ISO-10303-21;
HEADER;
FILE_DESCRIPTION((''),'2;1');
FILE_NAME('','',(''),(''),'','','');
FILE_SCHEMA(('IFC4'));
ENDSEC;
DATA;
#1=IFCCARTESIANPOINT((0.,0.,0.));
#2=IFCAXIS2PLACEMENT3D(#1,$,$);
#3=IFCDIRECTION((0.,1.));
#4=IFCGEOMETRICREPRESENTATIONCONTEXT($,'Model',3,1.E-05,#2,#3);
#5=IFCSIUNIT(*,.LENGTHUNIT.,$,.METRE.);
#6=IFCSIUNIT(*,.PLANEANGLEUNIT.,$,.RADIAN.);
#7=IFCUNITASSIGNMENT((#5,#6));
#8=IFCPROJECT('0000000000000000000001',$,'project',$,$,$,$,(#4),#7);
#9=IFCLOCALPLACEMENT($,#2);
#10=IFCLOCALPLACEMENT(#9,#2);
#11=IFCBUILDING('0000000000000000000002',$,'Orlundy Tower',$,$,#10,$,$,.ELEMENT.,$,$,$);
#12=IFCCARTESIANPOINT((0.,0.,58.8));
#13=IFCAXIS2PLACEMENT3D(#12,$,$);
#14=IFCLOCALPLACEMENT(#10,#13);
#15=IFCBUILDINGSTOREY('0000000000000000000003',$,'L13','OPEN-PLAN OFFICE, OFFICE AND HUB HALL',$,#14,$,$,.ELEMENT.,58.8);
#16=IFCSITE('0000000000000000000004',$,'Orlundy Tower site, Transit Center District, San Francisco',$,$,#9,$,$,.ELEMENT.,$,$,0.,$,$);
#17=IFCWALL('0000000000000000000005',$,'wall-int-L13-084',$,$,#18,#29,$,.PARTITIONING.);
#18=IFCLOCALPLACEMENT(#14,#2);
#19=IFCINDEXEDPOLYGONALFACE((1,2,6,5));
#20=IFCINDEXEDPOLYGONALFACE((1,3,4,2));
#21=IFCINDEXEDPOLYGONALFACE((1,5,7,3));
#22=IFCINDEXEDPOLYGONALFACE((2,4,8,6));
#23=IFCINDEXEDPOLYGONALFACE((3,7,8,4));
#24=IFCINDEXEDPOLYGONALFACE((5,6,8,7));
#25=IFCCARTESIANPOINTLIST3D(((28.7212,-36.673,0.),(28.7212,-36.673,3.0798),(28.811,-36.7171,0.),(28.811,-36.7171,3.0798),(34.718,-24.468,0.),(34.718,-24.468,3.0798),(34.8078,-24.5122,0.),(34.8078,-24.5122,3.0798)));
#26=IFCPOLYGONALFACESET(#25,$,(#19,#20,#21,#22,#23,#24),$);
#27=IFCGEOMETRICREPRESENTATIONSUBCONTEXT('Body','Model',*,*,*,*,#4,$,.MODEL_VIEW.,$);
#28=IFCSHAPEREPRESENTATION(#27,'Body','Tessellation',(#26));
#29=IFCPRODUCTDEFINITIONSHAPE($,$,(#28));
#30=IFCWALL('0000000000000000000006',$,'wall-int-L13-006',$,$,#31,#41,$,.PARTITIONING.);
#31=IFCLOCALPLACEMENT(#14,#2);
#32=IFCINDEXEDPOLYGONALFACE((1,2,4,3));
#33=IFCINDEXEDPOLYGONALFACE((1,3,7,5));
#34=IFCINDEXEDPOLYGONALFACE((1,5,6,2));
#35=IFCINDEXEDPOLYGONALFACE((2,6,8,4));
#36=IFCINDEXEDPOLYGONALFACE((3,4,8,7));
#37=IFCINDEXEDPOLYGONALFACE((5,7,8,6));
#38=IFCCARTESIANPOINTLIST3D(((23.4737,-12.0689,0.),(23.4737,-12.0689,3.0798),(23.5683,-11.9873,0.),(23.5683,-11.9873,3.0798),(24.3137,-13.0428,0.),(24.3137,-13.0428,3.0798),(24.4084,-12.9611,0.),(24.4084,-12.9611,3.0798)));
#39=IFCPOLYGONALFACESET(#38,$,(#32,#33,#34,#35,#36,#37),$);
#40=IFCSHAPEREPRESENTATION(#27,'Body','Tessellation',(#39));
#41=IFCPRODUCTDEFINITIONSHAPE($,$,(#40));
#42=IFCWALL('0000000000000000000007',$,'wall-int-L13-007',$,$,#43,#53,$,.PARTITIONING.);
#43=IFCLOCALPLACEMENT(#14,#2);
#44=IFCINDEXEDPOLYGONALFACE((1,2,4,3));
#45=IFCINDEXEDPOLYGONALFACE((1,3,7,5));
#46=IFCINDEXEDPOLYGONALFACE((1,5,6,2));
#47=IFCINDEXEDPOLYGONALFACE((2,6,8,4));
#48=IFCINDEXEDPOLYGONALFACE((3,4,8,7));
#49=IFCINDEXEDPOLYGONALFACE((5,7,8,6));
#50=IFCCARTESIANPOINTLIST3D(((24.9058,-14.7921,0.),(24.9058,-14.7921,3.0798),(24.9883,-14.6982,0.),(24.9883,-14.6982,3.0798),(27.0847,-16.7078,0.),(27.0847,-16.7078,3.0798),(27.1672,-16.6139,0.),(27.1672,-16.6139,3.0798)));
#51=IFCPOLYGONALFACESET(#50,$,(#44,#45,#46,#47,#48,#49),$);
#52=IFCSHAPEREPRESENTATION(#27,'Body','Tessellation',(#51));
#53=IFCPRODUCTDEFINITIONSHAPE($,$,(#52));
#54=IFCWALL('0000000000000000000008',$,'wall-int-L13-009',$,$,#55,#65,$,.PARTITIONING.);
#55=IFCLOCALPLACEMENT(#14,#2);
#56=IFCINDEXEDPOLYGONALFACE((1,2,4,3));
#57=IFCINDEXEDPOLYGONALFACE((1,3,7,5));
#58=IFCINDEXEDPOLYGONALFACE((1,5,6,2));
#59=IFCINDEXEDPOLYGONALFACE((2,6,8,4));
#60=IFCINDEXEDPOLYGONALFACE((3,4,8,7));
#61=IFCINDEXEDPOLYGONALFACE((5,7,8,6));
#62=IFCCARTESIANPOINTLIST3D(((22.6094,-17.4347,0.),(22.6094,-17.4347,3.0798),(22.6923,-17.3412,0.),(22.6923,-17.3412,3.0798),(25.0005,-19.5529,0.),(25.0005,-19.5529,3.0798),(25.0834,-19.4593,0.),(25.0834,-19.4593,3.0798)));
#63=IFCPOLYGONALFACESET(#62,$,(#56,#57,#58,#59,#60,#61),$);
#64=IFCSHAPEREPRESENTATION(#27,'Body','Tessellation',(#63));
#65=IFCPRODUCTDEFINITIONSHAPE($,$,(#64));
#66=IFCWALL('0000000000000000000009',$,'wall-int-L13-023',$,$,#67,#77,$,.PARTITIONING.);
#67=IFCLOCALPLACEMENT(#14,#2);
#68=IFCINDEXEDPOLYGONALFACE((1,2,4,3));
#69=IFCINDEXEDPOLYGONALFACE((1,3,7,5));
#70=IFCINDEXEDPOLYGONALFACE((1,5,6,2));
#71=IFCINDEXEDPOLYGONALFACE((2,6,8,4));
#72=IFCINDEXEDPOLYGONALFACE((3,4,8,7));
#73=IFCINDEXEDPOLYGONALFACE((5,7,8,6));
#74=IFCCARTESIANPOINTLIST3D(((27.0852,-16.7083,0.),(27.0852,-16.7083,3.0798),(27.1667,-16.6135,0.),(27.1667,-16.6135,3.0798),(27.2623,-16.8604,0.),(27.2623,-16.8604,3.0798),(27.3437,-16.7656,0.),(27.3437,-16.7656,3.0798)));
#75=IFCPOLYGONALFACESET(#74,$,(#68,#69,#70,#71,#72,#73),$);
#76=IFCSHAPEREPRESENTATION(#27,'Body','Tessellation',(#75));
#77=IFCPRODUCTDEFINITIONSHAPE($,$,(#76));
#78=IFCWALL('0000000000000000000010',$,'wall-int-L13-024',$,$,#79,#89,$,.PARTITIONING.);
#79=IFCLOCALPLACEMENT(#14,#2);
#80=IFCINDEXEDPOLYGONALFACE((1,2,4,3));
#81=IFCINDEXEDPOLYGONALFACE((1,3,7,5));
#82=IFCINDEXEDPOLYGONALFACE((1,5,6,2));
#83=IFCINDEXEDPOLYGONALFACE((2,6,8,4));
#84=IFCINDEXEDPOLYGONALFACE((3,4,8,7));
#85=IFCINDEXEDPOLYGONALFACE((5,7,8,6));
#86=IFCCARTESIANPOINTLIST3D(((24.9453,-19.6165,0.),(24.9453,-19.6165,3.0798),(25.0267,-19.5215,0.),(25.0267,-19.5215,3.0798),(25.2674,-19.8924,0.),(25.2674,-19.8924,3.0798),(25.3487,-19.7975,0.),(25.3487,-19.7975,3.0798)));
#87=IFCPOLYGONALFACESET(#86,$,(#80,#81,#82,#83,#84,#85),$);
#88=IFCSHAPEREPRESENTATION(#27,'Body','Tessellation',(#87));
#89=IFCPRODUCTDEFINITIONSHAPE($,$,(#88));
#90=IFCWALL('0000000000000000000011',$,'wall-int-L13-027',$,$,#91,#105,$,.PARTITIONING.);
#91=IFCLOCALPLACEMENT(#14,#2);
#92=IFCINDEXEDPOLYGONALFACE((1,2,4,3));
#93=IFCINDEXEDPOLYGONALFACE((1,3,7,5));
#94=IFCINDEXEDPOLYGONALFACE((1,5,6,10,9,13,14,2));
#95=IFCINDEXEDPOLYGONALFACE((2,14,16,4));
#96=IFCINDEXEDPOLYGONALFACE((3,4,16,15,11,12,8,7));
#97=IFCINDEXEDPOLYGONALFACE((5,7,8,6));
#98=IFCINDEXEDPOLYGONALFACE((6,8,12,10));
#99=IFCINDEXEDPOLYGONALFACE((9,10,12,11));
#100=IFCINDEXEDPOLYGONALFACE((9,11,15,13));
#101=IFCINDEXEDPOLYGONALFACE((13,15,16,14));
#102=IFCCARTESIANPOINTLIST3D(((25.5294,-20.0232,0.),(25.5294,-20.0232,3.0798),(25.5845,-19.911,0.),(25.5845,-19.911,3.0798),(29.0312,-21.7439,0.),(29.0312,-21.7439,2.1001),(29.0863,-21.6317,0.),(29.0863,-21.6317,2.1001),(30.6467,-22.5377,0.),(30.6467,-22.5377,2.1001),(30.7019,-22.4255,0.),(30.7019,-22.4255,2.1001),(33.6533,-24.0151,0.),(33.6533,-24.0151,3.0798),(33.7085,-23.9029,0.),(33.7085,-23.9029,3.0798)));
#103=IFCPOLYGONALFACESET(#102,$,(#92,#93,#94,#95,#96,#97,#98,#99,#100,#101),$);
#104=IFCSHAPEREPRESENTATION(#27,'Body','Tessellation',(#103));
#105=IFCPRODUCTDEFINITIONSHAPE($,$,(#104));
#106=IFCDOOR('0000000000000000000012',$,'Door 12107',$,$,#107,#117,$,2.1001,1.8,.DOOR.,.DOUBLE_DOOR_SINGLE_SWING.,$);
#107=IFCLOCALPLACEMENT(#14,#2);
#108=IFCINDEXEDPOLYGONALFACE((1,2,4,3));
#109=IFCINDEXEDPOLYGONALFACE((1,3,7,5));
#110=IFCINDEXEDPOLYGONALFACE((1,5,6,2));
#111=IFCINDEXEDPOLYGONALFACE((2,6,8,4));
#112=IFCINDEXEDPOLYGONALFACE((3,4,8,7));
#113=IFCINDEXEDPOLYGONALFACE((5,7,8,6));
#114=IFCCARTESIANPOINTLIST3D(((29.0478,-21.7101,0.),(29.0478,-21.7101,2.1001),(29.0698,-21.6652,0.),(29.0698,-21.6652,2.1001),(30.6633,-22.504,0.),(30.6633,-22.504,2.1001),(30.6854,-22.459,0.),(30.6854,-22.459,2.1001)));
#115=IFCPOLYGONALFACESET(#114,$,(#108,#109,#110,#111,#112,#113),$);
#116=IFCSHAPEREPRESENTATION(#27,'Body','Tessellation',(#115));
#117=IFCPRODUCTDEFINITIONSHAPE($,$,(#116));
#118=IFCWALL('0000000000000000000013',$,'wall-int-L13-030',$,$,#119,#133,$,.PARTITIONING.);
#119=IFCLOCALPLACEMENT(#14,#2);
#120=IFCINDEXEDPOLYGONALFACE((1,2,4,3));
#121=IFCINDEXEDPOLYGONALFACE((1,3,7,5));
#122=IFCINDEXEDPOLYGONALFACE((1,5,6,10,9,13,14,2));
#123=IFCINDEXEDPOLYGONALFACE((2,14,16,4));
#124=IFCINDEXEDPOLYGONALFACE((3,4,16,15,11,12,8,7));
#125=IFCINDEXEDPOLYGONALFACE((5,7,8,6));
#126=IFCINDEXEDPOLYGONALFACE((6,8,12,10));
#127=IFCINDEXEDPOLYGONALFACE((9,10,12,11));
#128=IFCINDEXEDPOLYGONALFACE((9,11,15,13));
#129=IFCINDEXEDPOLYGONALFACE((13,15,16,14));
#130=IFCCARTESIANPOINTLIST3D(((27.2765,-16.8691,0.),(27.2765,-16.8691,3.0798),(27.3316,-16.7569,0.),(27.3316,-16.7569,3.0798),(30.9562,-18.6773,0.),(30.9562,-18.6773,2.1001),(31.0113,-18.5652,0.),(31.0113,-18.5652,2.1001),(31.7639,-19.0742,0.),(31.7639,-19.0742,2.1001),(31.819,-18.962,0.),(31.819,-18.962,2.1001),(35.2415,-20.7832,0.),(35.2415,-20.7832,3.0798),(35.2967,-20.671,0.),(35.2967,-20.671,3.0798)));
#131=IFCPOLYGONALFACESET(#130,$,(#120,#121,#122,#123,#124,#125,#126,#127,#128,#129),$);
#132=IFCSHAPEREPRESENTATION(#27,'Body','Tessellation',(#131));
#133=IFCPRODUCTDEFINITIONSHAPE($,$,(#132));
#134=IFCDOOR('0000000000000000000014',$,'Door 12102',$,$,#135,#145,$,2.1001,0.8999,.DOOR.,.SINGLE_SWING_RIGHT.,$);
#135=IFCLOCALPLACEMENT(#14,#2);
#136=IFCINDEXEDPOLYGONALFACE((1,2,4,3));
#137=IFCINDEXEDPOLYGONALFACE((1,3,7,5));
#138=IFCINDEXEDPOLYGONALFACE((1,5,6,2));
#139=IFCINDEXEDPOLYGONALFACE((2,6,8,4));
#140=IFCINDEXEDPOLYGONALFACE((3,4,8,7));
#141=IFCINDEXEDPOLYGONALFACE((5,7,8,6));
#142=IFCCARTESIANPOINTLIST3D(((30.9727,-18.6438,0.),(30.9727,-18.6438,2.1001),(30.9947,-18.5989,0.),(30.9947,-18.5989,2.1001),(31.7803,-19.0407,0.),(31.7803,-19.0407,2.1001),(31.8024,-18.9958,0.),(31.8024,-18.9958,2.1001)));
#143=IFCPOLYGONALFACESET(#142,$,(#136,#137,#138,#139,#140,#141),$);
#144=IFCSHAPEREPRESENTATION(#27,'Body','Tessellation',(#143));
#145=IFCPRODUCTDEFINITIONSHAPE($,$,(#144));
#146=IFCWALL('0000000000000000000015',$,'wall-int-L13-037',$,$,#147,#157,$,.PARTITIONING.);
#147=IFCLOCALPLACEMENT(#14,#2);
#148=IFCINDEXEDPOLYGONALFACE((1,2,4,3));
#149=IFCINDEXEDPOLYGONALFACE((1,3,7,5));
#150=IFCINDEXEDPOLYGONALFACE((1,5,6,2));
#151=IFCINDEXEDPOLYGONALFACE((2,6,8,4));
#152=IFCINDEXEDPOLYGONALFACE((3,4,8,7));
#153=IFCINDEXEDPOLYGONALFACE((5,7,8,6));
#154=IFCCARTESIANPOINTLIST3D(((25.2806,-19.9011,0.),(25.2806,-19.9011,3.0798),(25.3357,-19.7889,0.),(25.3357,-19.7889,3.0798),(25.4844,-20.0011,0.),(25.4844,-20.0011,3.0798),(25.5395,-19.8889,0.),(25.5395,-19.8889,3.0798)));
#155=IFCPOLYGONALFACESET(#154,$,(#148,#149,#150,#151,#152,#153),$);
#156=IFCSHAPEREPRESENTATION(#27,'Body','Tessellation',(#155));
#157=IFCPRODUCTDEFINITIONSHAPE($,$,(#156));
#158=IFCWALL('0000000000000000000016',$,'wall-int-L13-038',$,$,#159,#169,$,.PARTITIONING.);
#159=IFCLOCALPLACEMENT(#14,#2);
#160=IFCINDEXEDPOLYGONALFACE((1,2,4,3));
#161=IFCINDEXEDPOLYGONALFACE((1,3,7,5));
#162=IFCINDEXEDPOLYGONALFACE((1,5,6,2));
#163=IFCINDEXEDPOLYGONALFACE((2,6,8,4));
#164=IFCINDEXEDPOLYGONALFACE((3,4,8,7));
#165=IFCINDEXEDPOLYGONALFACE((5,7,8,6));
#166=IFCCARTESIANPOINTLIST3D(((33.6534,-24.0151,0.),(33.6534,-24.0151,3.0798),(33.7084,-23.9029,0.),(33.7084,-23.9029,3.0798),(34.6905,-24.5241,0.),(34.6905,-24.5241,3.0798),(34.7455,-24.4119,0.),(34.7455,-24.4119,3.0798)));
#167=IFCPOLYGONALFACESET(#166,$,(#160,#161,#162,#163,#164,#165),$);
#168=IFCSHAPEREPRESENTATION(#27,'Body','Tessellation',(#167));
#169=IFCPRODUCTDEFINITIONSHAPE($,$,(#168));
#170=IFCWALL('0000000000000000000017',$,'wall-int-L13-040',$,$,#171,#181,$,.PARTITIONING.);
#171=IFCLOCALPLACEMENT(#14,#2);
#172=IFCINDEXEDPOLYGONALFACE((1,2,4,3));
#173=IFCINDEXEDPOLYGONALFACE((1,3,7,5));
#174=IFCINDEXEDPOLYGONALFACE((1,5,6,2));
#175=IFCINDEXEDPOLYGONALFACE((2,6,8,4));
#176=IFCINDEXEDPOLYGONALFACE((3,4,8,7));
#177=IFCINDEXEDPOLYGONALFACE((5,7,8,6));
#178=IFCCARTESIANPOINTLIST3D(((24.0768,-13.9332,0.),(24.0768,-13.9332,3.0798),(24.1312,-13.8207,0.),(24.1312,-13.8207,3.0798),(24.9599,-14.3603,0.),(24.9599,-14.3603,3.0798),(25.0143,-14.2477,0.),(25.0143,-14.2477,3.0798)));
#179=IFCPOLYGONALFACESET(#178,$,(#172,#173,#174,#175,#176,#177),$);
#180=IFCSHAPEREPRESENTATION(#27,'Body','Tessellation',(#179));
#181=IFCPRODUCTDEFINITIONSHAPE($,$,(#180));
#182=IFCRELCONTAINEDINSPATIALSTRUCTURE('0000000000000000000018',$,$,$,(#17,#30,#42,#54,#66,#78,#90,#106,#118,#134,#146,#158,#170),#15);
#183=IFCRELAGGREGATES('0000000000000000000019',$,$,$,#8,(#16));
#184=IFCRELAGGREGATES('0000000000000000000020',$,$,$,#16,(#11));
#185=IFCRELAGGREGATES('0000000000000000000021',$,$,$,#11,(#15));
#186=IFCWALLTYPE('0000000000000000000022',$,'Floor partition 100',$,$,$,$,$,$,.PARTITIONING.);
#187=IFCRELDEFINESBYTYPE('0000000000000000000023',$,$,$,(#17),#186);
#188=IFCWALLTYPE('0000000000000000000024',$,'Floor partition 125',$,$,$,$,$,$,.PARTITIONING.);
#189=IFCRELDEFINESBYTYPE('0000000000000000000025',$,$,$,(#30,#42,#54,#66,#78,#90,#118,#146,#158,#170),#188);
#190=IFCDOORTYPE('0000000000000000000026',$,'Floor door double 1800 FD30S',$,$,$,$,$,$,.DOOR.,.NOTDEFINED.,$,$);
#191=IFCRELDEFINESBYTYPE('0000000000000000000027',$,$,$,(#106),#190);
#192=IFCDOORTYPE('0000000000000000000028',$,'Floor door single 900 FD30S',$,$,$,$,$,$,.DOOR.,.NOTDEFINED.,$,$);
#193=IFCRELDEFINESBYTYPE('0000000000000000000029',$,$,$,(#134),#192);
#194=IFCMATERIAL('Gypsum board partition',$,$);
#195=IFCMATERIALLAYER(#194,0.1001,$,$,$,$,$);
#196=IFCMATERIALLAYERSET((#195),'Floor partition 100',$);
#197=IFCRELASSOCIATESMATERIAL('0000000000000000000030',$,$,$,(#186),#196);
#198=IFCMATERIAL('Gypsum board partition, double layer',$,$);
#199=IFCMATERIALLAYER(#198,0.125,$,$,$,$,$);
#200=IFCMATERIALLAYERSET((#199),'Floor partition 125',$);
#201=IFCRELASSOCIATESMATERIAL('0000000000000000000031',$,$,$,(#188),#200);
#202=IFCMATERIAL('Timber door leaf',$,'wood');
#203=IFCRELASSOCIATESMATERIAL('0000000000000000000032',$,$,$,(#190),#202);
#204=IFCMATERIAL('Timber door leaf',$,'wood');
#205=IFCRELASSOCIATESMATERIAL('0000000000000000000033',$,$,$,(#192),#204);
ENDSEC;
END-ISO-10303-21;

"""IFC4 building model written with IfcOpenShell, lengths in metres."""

from ifc_helpers import new_model, si_unit, direction, frame, frame_2d, origin, place, context, subcontext, project, spatial, rectangle, extrude, material, layer, layer_set, type_object, element, fill, save


model = new_model("IFC4")

# Units and contexts
model_context = context("Model", 3, precision=1e-05, world=origin(), true_north=direction((0.0, 1.0)))
body_context = subcontext(model_context, "Body", "Model", "MODEL_VIEW")
ifc_project = project(units=[si_unit("LENGTHUNIT", "METRE"), si_unit("PLANEANGLEUNIT", "RADIAN")], contexts=[model_context])

# Site, building, storey
site_placement = place(None, origin())
site = spatial("IfcSite", under=ifc_project, at=site_placement, Name="Orlundy Tower site, Transit Center District, San Francisco", CompositionType="ELEMENT", RefElevation=0.0)
building_placement = place(site_placement, origin())
building = spatial("IfcBuilding", under=site, at=building_placement, Name="Orlundy Tower", CompositionType="ELEMENT")
storey_placement = place(building_placement, frame((0.0, 0.0, 58.8)))
storey = spatial("IfcBuildingStorey", under=building, at=storey_placement, Name="L13", Description="OPEN-PLAN OFFICE, OFFICE AND HUB HALL", CompositionType="ELEMENT", Elevation=58.8)

# Walls
ifc_material_1 = material(Name="Gypsum board partition")
ifc_layer_1 = layer(ifc_material_1, 0.1001)
ifc_layer_set_1 = layer_set([ifc_layer_1], Name="Floor partition 100")
wall_type_1 = type_object("IfcWallType", Name="Floor partition 100", PredefinedType="PARTITIONING", material=ifc_layer_set_1)
wall_1_placement = place(storey_placement, frame((28.7661, -36.6951, 0.0), z_axis=(0.0, 0.0, 1.0), x_axis=(0.440984, 0.897515, 0.0)))
element("IfcWall", 1, at=wall_1_placement, inside=storey, type_object=wall_type_1, Name="wall-int-L13-084", PredefinedType="PARTITIONING", context=body_context, shape_type="SweptSolid", body=[
    extrude(rectangle(XDim=13.5986, YDim=0.1001, at=frame_2d((6.7993, 0.0))), origin(), (0.0, 0.0, 1.0), 3.0798),
])
ifc_material_2 = material(Name="Gypsum board partition, double layer")
ifc_layer_2 = layer(ifc_material_2, 0.125)
ifc_layer_set_2 = layer_set([ifc_layer_2], Name="Floor partition 125")
wall_type_2 = type_object("IfcWallType", Name="Floor partition 125", PredefinedType="PARTITIONING", material=ifc_layer_set_2)
wall_2_placement = place(storey_placement, frame((23.521, -12.0281, 0.0), z_axis=(0.0, 0.0, 1.0), x_axis=(0.65318, -0.757203, 0.0)))
element("IfcWall", 2, at=wall_2_placement, inside=storey, type_object=wall_type_2, Name="wall-int-L13-006", PredefinedType="PARTITIONING", context=body_context, shape_type="SweptSolid", body=[
    extrude(rectangle(XDim=1.2861, YDim=0.125, at=frame_2d((0.6431, 0.0))), origin(), (0.0, 0.0, 1.0), 3.0798),
])
wall_3_placement = place(storey_placement, frame((24.947, -14.7451, 0.0), z_axis=(0.0, 0.0, 1.0), x_axis=(0.751006, -0.660296, 0.0)))
element("IfcWall", 3, at=wall_3_placement, inside=storey, type_object=wall_type_2, Name="wall-int-L13-007", PredefinedType="PARTITIONING", context=body_context, shape_type="SweptSolid", body=[
    extrude(rectangle(XDim=2.9014, YDim=0.125, at=frame_2d((1.4507, 0.0))), origin(), (0.0, 0.0, 1.0), 3.0798),
])
wall_4_placement = place(storey_placement, frame((22.6509, -17.3879, 0.0), z_axis=(0.0, 0.0, 1.0), x_axis=(0.748538, -0.663092, 0.0)))
element("IfcWall", 4, at=wall_4_placement, inside=storey, type_object=wall_type_2, Name="wall-int-L13-009", PredefinedType="PARTITIONING", context=body_context, shape_type="SweptSolid", body=[
    extrude(rectangle(XDim=3.1943, YDim=0.125, at=frame_2d((1.5972, 0.0))), origin(), (0.0, 0.0, 1.0), 3.0798),
])
wall_5_placement = place(storey_placement, frame((27.126, -16.6609, 0.0), z_axis=(0.0, 0.0, 1.0), x_axis=(0.758444, -0.651739, 0.0)))
element("IfcWall", 5, at=wall_5_placement, inside=storey, type_object=wall_type_2, Name="wall-int-L13-023", PredefinedType="PARTITIONING", context=body_context, shape_type="SweptSolid", body=[
    extrude(rectangle(XDim=0.2334, YDim=0.125, at=frame_2d((0.1167, 0.0))), origin(), (0.0, 0.0, 1.0), 3.0798),
])
wall_6_placement = place(storey_placement, frame((24.9861, -19.5691, 0.0), z_axis=(0.0, 0.0, 1.0), x_axis=(0.759419, -0.650602, 0.0)))
element("IfcWall", 6, at=wall_6_placement, inside=storey, type_object=wall_type_2, Name="wall-int-L13-024", PredefinedType="PARTITIONING", context=body_context, shape_type="SweptSolid", body=[
    extrude(rectangle(XDim=0.4241, YDim=0.125, at=frame_2d((0.2119, 0.0))), origin(), (0.0, 0.0, 1.0), 3.0798),
])

# Walls, openings, doors
wall_7_placement = place(storey_placement, frame((33.6809, -23.959, 0.0), z_axis=(0.0, 0.0, 1.0), x_axis=(-0.897502, 0.44101, 0.0)))
wall_7 = element("IfcWall", 7, at=wall_7_placement, inside=storey, type_object=wall_type_2, Name="wall-int-L13-027", PredefinedType="PARTITIONING", context=body_context, shape_type="SweptSolid", body=[
    extrude(rectangle(XDim=9.0518, YDim=0.125, at=frame_2d((4.5259, 0.0))), origin(), (0.0, 0.0, 1.0), 3.0798),
])
opening_1_placement = place(wall_7_placement, frame((3.3501, 0.0, 0.0)))
opening_1 = element("IfcOpeningElement", 8, at=opening_1_placement, cuts=wall_7, PredefinedType="OPENING", context=body_context, shape_type="SweptSolid", body=[
    extrude(rectangle(XDim=1.8, YDim=2.1001, at=frame_2d((0.8999, 1.05))), frame((0.0, 0.0725, 0.0), z_axis=(0.0, -1.0, 0.0), x_axis=(1.0, 0.0, 0.0)), (0.0, 0.0, 1.0), 0.145),
])
ifc_material_3 = material(Name="Timber door leaf", Category="wood")
door_type_1 = type_object("IfcDoorType", Name="Floor door double 1800 FD30S", OperationType="NOTDEFINED", PredefinedType="DOOR", material=ifc_material_3)
door_1_placement = place(opening_1_placement, origin())
door_1 = element("IfcDoor", 9, at=door_1_placement, inside=storey, type_object=door_type_1, Name="Door 12107", OperationType="DOUBLE_DOOR_SINGLE_SWING", OverallHeight=2.1001, OverallWidth=1.8, PredefinedType="DOOR", context=body_context, shape_type="SweptSolid", body=[
    extrude(rectangle(XDim=1.8, YDim=2.1001, at=frame_2d((0.8999, 1.05))), frame((0.0, 0.0249, 0.0), z_axis=(0.0, -1.0, 0.0), x_axis=(1.0, 0.0, 0.0)), (0.0, 0.0, 1.0), 0.05),
])
fill(opening_1, door_1)
wall_8_placement = place(storey_placement, frame((27.304, -16.813, 0.0), z_axis=(0.0, 0.0, 1.0), x_axis=(0.897492, -0.44103, 0.0)))
wall_8 = element("IfcWall", 10, at=wall_8_placement, inside=storey, type_object=wall_type_2, Name="wall-int-L13-030", PredefinedType="PARTITIONING", context=body_context, shape_type="SweptSolid", body=[
    extrude(rectangle(XDim=8.8748, YDim=0.125, at=frame_2d((4.4375, 0.0))), origin(), (0.0, 0.0, 1.0), 3.0798),
])
opening_2_placement = place(wall_8_placement, frame((4.1001, 0.0, 0.0)))
opening_2 = element("IfcOpeningElement", 11, at=opening_2_placement, cuts=wall_8, PredefinedType="OPENING", context=body_context, shape_type="SweptSolid", body=[
    extrude(rectangle(XDim=0.8999, YDim=2.1001, at=frame_2d((0.45, 1.05))), frame((0.0, 0.0725, 0.0), z_axis=(0.0, -1.0, 0.0), x_axis=(1.0, 0.0, 0.0)), (0.0, 0.0, 1.0), 0.145),
])
ifc_material_4 = material(Name="Timber door leaf", Category="wood")
door_type_2 = type_object("IfcDoorType", Name="Floor door single 900 FD30S", OperationType="NOTDEFINED", PredefinedType="DOOR", material=ifc_material_4)
door_2_placement = place(opening_2_placement, origin())
door_2 = element("IfcDoor", 12, at=door_2_placement, inside=storey, type_object=door_type_2, Name="Door 12102", OperationType="SINGLE_SWING_RIGHT", OverallHeight=2.1001, OverallWidth=0.8999, PredefinedType="DOOR", context=body_context, shape_type="SweptSolid", body=[
    extrude(rectangle(XDim=0.8999, YDim=2.1001, at=frame_2d((0.45, 1.05))), frame((0.0, 0.0249, 0.0), z_axis=(0.0, -1.0, 0.0), x_axis=(1.0, 0.0, 0.0)), (0.0, 0.0, 1.0), 0.05),
])
fill(opening_2, door_2)

# Walls
wall_9_placement = place(storey_placement, frame((25.3081, -19.845, 0.0), z_axis=(0.0, 0.0, 1.0), x_axis=(0.897629, -0.440752, 0.0)))
element("IfcWall", 13, at=wall_9_placement, inside=storey, type_object=wall_type_2, Name="wall-int-L13-037", PredefinedType="PARTITIONING", context=body_context, shape_type="SweptSolid", body=[
    extrude(rectangle(XDim=0.2271, YDim=0.125, at=frame_2d((0.1135, 0.0))), origin(), (0.0, 0.0, 1.0), 3.0798),
])
wall_10_placement = place(storey_placement, frame((33.6809, -23.959, 0.0), z_axis=(0.0, 0.0, 1.0), x_axis=(0.8977, -0.440608, 0.0)))
element("IfcWall", 14, at=wall_10_placement, inside=storey, type_object=wall_type_2, Name="wall-int-L13-038", PredefinedType="PARTITIONING", context=body_context, shape_type="SweptSolid", body=[
    extrude(rectangle(XDim=1.1553, YDim=0.125, at=frame_2d((0.5776, 0.0))), origin(), (0.0, 0.0, 1.0), 3.0798),
])
wall_11_placement = place(storey_placement, frame((24.104, -13.877, 0.0), z_axis=(0.0, 0.0, 1.0), x_axis=(0.900273, -0.435327, 0.0)))
element("IfcWall", 15, at=wall_11_placement, inside=storey, type_object=wall_type_2, Name="wall-int-L13-040", PredefinedType="PARTITIONING", context=body_context, shape_type="SweptSolid", body=[
    extrude(rectangle(XDim=0.981, YDim=0.125, at=frame_2d((0.4905, 0.0))), origin(), (0.0, 0.0, 1.0), 3.0798),
])

save(model, "model.ifc")
